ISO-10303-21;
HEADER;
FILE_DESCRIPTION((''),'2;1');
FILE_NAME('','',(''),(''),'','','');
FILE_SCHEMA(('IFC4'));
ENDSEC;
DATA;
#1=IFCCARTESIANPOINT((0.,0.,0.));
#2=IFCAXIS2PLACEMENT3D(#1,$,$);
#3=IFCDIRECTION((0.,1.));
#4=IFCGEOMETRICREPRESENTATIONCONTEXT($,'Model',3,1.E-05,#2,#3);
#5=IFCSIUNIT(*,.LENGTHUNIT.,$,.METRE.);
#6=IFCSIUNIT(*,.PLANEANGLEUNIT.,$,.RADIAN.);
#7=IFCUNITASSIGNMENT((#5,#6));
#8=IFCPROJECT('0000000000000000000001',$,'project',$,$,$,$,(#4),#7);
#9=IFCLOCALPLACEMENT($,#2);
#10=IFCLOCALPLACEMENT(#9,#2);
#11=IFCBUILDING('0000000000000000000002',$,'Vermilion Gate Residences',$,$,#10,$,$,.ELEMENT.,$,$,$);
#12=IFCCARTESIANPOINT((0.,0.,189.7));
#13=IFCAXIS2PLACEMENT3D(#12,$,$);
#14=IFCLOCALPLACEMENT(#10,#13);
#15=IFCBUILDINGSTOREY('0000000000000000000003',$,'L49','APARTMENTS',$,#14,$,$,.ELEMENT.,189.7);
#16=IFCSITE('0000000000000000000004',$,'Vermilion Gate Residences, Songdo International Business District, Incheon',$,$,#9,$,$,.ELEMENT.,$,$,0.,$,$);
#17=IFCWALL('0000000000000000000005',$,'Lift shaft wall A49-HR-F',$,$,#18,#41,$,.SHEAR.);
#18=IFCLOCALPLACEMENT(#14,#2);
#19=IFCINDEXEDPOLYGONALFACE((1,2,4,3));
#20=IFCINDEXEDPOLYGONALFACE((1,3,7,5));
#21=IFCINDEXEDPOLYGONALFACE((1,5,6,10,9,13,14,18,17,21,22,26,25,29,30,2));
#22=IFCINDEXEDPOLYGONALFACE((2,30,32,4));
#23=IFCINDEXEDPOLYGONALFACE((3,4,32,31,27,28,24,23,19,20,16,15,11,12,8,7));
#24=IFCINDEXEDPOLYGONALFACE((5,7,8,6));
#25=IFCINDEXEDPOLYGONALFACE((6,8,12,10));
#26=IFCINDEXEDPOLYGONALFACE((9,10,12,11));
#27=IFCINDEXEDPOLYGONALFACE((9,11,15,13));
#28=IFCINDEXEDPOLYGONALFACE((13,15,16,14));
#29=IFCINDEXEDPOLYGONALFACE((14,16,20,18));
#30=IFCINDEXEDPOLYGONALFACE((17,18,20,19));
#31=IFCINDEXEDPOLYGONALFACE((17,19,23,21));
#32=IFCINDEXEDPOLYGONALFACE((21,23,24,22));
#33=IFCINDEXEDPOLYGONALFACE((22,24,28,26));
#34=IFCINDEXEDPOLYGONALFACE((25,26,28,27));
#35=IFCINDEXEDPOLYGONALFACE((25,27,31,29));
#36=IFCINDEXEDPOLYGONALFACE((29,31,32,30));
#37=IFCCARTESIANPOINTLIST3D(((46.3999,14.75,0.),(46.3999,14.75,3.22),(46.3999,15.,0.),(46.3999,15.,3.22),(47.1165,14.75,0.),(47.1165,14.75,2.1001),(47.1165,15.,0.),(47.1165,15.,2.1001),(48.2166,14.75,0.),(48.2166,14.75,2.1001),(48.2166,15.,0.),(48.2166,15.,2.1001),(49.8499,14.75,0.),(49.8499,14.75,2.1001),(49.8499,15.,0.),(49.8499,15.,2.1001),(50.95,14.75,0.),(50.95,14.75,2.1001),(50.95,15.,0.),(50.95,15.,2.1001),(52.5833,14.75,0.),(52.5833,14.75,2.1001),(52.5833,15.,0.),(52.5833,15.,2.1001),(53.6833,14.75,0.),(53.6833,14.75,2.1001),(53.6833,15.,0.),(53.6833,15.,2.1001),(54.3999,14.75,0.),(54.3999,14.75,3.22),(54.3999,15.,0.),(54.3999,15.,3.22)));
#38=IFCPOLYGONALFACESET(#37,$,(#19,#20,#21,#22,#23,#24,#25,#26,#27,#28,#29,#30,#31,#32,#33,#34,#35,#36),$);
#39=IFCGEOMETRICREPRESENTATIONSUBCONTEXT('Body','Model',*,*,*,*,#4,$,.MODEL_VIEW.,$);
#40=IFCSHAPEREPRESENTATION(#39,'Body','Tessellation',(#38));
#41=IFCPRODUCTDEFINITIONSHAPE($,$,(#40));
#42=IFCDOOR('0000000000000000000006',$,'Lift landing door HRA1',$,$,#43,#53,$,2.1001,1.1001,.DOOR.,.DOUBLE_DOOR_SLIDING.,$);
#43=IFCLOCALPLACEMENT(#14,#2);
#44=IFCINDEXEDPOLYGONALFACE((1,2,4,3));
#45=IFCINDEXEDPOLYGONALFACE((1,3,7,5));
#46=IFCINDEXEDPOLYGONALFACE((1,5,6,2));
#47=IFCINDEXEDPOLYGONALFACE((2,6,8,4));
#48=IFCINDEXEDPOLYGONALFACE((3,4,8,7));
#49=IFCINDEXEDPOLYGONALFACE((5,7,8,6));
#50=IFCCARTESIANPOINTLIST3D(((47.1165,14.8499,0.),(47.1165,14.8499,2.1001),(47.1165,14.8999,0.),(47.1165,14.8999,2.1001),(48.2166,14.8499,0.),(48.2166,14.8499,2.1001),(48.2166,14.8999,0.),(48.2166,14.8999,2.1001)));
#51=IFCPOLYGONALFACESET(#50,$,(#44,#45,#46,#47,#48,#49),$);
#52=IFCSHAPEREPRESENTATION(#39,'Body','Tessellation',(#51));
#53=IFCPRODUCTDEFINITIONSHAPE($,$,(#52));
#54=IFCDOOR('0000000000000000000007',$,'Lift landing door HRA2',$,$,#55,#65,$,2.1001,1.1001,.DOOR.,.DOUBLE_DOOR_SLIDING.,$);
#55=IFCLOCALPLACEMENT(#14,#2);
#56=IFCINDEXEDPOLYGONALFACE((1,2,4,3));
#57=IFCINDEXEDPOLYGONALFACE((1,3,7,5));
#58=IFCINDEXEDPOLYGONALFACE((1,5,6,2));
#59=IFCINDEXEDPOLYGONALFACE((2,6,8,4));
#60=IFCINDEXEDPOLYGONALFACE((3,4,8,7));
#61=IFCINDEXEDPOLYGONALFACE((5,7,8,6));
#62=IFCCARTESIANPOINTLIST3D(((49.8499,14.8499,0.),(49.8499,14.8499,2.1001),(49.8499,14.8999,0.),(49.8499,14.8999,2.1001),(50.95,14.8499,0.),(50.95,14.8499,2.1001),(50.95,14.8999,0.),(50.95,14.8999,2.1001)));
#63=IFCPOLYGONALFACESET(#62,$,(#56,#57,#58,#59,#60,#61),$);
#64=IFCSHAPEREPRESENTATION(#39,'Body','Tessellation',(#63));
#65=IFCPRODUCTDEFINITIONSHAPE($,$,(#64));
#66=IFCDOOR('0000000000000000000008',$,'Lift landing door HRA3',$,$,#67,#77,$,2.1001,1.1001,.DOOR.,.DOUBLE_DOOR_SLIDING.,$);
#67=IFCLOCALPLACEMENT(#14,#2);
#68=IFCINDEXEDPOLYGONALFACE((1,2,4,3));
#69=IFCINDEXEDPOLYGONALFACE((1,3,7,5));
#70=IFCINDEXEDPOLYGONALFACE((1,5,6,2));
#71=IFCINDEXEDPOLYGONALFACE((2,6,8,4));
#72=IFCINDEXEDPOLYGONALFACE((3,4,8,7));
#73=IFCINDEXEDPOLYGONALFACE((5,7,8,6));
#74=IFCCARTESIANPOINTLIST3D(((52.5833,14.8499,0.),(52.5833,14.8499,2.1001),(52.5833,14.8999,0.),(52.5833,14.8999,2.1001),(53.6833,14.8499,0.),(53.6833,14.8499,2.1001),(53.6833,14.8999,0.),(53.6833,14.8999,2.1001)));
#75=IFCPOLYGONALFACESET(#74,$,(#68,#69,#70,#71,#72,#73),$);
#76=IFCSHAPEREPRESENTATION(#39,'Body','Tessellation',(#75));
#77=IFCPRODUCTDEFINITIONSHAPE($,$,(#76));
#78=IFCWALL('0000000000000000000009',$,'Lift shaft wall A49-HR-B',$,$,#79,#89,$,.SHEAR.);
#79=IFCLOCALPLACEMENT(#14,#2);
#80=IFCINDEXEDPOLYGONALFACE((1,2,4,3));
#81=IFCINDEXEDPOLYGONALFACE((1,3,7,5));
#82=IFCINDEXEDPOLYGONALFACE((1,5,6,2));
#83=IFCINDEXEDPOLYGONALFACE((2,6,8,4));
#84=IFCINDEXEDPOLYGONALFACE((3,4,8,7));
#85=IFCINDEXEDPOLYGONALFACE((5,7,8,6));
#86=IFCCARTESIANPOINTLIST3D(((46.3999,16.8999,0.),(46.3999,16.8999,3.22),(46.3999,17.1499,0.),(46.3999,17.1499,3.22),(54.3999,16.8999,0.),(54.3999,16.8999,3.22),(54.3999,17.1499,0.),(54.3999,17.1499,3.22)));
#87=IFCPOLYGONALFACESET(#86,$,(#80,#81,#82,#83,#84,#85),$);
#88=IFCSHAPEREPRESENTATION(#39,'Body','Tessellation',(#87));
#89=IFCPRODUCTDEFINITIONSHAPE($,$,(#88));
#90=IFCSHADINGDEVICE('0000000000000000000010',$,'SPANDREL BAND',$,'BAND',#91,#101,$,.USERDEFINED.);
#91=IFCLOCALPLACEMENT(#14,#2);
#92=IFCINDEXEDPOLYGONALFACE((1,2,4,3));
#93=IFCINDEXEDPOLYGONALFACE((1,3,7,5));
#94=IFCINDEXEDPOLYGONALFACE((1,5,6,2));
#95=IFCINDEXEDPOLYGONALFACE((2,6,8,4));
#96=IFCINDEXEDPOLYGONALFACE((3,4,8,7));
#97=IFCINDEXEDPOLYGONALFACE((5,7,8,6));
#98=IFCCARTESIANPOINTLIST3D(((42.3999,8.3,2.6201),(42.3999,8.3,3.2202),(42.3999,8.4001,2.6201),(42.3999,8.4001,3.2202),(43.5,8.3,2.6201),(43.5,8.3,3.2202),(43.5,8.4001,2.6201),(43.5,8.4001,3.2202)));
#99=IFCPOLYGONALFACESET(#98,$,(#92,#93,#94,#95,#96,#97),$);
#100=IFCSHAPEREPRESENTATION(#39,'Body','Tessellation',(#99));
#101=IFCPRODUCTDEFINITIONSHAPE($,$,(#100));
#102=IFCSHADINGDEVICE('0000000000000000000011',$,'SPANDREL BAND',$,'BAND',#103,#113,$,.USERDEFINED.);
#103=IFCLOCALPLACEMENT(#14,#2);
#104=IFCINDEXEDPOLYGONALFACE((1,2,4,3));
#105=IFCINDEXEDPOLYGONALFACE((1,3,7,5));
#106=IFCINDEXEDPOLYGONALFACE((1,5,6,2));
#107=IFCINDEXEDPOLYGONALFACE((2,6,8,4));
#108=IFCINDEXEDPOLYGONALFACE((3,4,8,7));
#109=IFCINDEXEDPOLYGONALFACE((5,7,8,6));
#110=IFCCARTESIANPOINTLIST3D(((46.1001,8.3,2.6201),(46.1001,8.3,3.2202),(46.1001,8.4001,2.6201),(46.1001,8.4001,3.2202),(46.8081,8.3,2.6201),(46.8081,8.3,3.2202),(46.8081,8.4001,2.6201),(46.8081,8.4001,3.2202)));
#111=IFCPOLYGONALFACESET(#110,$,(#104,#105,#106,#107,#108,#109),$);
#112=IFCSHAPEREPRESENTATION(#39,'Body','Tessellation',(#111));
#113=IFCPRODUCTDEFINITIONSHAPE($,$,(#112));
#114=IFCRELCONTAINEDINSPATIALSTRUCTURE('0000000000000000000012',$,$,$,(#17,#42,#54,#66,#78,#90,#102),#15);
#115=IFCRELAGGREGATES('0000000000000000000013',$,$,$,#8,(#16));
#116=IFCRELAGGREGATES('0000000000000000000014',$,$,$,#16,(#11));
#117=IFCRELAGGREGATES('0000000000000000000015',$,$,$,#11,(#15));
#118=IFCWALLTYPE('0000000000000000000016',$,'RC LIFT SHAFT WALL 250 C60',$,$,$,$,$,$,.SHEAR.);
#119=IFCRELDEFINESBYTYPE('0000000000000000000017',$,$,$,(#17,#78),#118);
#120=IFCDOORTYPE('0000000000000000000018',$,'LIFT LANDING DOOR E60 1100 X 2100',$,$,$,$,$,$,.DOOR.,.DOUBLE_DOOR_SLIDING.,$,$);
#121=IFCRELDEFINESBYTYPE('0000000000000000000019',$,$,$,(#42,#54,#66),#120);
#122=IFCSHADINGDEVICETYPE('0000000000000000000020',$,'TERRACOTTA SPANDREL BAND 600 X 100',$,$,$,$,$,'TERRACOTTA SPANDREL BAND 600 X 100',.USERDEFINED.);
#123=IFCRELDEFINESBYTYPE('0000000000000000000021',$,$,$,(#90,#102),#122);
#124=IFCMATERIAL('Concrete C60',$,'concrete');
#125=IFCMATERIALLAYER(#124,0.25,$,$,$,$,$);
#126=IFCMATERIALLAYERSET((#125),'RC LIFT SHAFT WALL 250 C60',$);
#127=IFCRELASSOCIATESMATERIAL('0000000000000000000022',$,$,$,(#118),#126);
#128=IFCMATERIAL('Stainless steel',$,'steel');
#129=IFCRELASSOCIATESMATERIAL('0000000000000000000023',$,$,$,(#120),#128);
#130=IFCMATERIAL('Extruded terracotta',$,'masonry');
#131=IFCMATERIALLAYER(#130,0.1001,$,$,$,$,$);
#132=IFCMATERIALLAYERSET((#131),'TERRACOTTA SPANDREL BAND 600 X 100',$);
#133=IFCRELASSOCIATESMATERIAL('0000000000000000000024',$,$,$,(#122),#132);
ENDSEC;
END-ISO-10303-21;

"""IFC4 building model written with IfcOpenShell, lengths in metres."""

from ifc_helpers import new_model, si_unit, direction, frame, frame_2d, origin, origin_2d, place, context, subcontext, project, spatial, rectangle, extrude, material, layer, layer_set, type_object, element, fill, save


model = new_model("IFC4")

# Units and contexts
model_context = context("Model", 3, precision=1e-05, world=origin(), true_north=direction((0.0, 1.0)))
body_context = subcontext(model_context, "Body", "Model", "MODEL_VIEW")
ifc_project = project(units=[si_unit("LENGTHUNIT", "METRE"), si_unit("PLANEANGLEUNIT", "RADIAN")], contexts=[model_context])

# Site, building, storey
site_placement = place(None, origin())
site = spatial("IfcSite", under=ifc_project, at=site_placement, Name="Vermilion Gate Residences, Songdo International Business District, Incheon", CompositionType="ELEMENT", RefElevation=0.0)
building_placement = place(site_placement, origin())
building = spatial("IfcBuilding", under=site, at=building_placement, Name="Vermilion Gate Residences", CompositionType="ELEMENT")
storey_placement = place(building_placement, frame((0.0, 0.0, 189.7)))
storey = spatial("IfcBuildingStorey", under=building, at=storey_placement, Name="L49", Description="APARTMENTS", CompositionType="ELEMENT", Elevation=189.7)

# Wall, openings, doors
ifc_material_1 = material(Name="Concrete C60", Category="concrete")
ifc_layer_1 = layer(ifc_material_1, 0.25)
ifc_layer_set_1 = layer_set([ifc_layer_1], Name="RC LIFT SHAFT WALL 250 C60")
wall_type_1 = type_object("IfcWallType", Name="RC LIFT SHAFT WALL 250 C60", PredefinedType="SHEAR", material=ifc_layer_set_1)
wall_1_placement = place(storey_placement, frame((46.3999, 14.875, 0.0), z_axis=(0.0, 0.0, 1.0), x_axis=(1.0, 0.0, 0.0)))
wall_1 = element("IfcWall", 1, at=wall_1_placement, inside=storey, type_object=wall_type_1, Name="Lift shaft wall A49-HR-F", PredefinedType="SHEAR", context=body_context, shape_type="SweptSolid", body=[
    extrude(rectangle(XDim=8.0, YDim=0.25, at=frame_2d((4.0, 0.0))), origin(), (0.0, 0.0, 1.0), 3.22),
])
opening_1_placement = place(wall_1_placement, frame((0.7166, 0.0, 0.0)))
opening_1 = element("IfcOpeningElement", 2, at=opening_1_placement, cuts=wall_1, PredefinedType="OPENING", context=body_context, shape_type="SweptSolid", body=[
    extrude(rectangle(XDim=1.1001, YDim=2.1001, at=frame_2d((0.55, 1.05))), frame((0.0, 0.135, 0.0), z_axis=(0.0, -1.0, 0.0), x_axis=(1.0, 0.0, 0.0)), (0.0, 0.0, 1.0), 0.27),
])
opening_2_placement = place(wall_1_placement, frame((3.45, 0.0, 0.0)))
opening_2 = element("IfcOpeningElement", 3, at=opening_2_placement, cuts=wall_1, PredefinedType="OPENING", context=body_context, shape_type="SweptSolid", body=[
    extrude(rectangle(XDim=1.1001, YDim=2.1001, at=frame_2d((0.55, 1.05))), frame((0.0, 0.135, 0.0), z_axis=(0.0, -1.0, 0.0), x_axis=(1.0, 0.0, 0.0)), (0.0, 0.0, 1.0), 0.27),
])
opening_3_placement = place(wall_1_placement, frame((6.1833, 0.0, 0.0)))
opening_3 = element("IfcOpeningElement", 4, at=opening_3_placement, cuts=wall_1, PredefinedType="OPENING", context=body_context, shape_type="SweptSolid", body=[
    extrude(rectangle(XDim=1.1001, YDim=2.1001, at=frame_2d((0.55, 1.05))), frame((0.0, 0.135, 0.0), z_axis=(0.0, -1.0, 0.0), x_axis=(1.0, 0.0, 0.0)), (0.0, 0.0, 1.0), 0.27),
])
ifc_material_2 = material(Name="Stainless steel", Category="steel")
door_type_1 = type_object("IfcDoorType", Name="LIFT LANDING DOOR E60 1100 X 2100", OperationType="DOUBLE_DOOR_SLIDING", PredefinedType="DOOR", material=ifc_material_2)
door_1_placement = place(opening_1_placement, origin())
door_1 = element("IfcDoor", 5, at=door_1_placement, inside=storey, type_object=door_type_1, Name="Lift landing door HRA1", OperationType="DOUBLE_DOOR_SLIDING", OverallHeight=2.1001, OverallWidth=1.1001, PredefinedType="DOOR", context=body_context, shape_type="SweptSolid", body=[
    extrude(rectangle(XDim=1.1001, YDim=2.1001, at=frame_2d((0.55, 1.05))), frame((0.0, 0.0249, 0.0), z_axis=(0.0, -1.0, 0.0), x_axis=(1.0, 0.0, 0.0)), (0.0, 0.0, 1.0), 0.05),
])
fill(opening_1, door_1)
door_2_placement = place(opening_2_placement, origin())
door_2 = element("IfcDoor", 6, at=door_2_placement, inside=storey, type_object=door_type_1, Name="Lift landing door HRA2", OperationType="DOUBLE_DOOR_SLIDING", OverallHeight=2.1001, OverallWidth=1.1001, PredefinedType="DOOR", context=body_context, shape_type="SweptSolid", body=[
    extrude(rectangle(XDim=1.1001, YDim=2.1001, at=frame_2d((0.55, 1.05))), frame((0.0, 0.0249, 0.0), z_axis=(0.0, -1.0, 0.0), x_axis=(1.0, 0.0, 0.0)), (0.0, 0.0, 1.0), 0.05),
])
fill(opening_2, door_2)
door_3_placement = place(opening_3_placement, origin())
door_3 = element("IfcDoor", 7, at=door_3_placement, inside=storey, type_object=door_type_1, Name="Lift landing door HRA3", OperationType="DOUBLE_DOOR_SLIDING", OverallHeight=2.1001, OverallWidth=1.1001, PredefinedType="DOOR", context=body_context, shape_type="SweptSolid", body=[
    extrude(rectangle(XDim=1.1001, YDim=2.1001, at=frame_2d((0.55, 1.05))), frame((0.0, 0.0249, 0.0), z_axis=(0.0, -1.0, 0.0), x_axis=(1.0, 0.0, 0.0)), (0.0, 0.0, 1.0), 0.05),
])
fill(opening_3, door_3)

# Wall
wall_2_placement = place(storey_placement, frame((46.3999, 17.0249, 0.0), z_axis=(0.0, 0.0, 1.0), x_axis=(1.0, 0.0, 0.0)))
element("IfcWall", 8, at=wall_2_placement, inside=storey, type_object=wall_type_1, Name="Lift shaft wall A49-HR-B", PredefinedType="SHEAR", context=body_context, shape_type="SweptSolid", body=[
    extrude(rectangle(XDim=8.0, YDim=0.25, at=frame_2d((4.0, 0.0))), origin(), (0.0, 0.0, 1.0), 3.22),
])

# Shading devices
ifc_material_3 = material(Name="Extruded terracotta", Category="masonry")
ifc_layer_2 = layer(ifc_material_3, 0.1001)
ifc_layer_set_2 = layer_set([ifc_layer_2], Name="TERRACOTTA SPANDREL BAND 600 X 100")
shading_device_type = type_object("IfcShadingDeviceType", Name="TERRACOTTA SPANDREL BAND 600 X 100", ElementType="TERRACOTTA SPANDREL BAND 600 X 100", PredefinedType="USERDEFINED", material=ifc_layer_set_2)
shading_device_1_placement = place(storey_placement, frame((42.95, 8.3501, 2.6201), z_axis=(0.0, 0.0, 1.0), x_axis=(1.0, 0.0, 0.0)))
element("IfcShadingDevice", 9, at=shading_device_1_placement, inside=storey, type_object=shading_device_type, Name="SPANDREL BAND", ObjectType="BAND", PredefinedType="USERDEFINED", context=body_context, shape_type="SweptSolid", body=[
    extrude(rectangle(XDim=1.1001, YDim=0.1001, at=origin_2d()), origin(), (0.0, 0.0, 1.0), 0.6001),
])
shading_device_2_placement = place(storey_placement, frame((46.4541, 8.3501, 2.6201), z_axis=(0.0, 0.0, 1.0), x_axis=(1.0, 0.0, 0.0)))
element("IfcShadingDevice", 10, at=shading_device_2_placement, inside=storey, type_object=shading_device_type, Name="SPANDREL BAND", ObjectType="BAND", PredefinedType="USERDEFINED", context=body_context, shape_type="SweptSolid", body=[
    extrude(rectangle(XDim=0.708, YDim=0.1001, at=origin_2d()), origin(), (0.0, 0.0, 1.0), 0.6001),
])

save(model, "model.ifc")
